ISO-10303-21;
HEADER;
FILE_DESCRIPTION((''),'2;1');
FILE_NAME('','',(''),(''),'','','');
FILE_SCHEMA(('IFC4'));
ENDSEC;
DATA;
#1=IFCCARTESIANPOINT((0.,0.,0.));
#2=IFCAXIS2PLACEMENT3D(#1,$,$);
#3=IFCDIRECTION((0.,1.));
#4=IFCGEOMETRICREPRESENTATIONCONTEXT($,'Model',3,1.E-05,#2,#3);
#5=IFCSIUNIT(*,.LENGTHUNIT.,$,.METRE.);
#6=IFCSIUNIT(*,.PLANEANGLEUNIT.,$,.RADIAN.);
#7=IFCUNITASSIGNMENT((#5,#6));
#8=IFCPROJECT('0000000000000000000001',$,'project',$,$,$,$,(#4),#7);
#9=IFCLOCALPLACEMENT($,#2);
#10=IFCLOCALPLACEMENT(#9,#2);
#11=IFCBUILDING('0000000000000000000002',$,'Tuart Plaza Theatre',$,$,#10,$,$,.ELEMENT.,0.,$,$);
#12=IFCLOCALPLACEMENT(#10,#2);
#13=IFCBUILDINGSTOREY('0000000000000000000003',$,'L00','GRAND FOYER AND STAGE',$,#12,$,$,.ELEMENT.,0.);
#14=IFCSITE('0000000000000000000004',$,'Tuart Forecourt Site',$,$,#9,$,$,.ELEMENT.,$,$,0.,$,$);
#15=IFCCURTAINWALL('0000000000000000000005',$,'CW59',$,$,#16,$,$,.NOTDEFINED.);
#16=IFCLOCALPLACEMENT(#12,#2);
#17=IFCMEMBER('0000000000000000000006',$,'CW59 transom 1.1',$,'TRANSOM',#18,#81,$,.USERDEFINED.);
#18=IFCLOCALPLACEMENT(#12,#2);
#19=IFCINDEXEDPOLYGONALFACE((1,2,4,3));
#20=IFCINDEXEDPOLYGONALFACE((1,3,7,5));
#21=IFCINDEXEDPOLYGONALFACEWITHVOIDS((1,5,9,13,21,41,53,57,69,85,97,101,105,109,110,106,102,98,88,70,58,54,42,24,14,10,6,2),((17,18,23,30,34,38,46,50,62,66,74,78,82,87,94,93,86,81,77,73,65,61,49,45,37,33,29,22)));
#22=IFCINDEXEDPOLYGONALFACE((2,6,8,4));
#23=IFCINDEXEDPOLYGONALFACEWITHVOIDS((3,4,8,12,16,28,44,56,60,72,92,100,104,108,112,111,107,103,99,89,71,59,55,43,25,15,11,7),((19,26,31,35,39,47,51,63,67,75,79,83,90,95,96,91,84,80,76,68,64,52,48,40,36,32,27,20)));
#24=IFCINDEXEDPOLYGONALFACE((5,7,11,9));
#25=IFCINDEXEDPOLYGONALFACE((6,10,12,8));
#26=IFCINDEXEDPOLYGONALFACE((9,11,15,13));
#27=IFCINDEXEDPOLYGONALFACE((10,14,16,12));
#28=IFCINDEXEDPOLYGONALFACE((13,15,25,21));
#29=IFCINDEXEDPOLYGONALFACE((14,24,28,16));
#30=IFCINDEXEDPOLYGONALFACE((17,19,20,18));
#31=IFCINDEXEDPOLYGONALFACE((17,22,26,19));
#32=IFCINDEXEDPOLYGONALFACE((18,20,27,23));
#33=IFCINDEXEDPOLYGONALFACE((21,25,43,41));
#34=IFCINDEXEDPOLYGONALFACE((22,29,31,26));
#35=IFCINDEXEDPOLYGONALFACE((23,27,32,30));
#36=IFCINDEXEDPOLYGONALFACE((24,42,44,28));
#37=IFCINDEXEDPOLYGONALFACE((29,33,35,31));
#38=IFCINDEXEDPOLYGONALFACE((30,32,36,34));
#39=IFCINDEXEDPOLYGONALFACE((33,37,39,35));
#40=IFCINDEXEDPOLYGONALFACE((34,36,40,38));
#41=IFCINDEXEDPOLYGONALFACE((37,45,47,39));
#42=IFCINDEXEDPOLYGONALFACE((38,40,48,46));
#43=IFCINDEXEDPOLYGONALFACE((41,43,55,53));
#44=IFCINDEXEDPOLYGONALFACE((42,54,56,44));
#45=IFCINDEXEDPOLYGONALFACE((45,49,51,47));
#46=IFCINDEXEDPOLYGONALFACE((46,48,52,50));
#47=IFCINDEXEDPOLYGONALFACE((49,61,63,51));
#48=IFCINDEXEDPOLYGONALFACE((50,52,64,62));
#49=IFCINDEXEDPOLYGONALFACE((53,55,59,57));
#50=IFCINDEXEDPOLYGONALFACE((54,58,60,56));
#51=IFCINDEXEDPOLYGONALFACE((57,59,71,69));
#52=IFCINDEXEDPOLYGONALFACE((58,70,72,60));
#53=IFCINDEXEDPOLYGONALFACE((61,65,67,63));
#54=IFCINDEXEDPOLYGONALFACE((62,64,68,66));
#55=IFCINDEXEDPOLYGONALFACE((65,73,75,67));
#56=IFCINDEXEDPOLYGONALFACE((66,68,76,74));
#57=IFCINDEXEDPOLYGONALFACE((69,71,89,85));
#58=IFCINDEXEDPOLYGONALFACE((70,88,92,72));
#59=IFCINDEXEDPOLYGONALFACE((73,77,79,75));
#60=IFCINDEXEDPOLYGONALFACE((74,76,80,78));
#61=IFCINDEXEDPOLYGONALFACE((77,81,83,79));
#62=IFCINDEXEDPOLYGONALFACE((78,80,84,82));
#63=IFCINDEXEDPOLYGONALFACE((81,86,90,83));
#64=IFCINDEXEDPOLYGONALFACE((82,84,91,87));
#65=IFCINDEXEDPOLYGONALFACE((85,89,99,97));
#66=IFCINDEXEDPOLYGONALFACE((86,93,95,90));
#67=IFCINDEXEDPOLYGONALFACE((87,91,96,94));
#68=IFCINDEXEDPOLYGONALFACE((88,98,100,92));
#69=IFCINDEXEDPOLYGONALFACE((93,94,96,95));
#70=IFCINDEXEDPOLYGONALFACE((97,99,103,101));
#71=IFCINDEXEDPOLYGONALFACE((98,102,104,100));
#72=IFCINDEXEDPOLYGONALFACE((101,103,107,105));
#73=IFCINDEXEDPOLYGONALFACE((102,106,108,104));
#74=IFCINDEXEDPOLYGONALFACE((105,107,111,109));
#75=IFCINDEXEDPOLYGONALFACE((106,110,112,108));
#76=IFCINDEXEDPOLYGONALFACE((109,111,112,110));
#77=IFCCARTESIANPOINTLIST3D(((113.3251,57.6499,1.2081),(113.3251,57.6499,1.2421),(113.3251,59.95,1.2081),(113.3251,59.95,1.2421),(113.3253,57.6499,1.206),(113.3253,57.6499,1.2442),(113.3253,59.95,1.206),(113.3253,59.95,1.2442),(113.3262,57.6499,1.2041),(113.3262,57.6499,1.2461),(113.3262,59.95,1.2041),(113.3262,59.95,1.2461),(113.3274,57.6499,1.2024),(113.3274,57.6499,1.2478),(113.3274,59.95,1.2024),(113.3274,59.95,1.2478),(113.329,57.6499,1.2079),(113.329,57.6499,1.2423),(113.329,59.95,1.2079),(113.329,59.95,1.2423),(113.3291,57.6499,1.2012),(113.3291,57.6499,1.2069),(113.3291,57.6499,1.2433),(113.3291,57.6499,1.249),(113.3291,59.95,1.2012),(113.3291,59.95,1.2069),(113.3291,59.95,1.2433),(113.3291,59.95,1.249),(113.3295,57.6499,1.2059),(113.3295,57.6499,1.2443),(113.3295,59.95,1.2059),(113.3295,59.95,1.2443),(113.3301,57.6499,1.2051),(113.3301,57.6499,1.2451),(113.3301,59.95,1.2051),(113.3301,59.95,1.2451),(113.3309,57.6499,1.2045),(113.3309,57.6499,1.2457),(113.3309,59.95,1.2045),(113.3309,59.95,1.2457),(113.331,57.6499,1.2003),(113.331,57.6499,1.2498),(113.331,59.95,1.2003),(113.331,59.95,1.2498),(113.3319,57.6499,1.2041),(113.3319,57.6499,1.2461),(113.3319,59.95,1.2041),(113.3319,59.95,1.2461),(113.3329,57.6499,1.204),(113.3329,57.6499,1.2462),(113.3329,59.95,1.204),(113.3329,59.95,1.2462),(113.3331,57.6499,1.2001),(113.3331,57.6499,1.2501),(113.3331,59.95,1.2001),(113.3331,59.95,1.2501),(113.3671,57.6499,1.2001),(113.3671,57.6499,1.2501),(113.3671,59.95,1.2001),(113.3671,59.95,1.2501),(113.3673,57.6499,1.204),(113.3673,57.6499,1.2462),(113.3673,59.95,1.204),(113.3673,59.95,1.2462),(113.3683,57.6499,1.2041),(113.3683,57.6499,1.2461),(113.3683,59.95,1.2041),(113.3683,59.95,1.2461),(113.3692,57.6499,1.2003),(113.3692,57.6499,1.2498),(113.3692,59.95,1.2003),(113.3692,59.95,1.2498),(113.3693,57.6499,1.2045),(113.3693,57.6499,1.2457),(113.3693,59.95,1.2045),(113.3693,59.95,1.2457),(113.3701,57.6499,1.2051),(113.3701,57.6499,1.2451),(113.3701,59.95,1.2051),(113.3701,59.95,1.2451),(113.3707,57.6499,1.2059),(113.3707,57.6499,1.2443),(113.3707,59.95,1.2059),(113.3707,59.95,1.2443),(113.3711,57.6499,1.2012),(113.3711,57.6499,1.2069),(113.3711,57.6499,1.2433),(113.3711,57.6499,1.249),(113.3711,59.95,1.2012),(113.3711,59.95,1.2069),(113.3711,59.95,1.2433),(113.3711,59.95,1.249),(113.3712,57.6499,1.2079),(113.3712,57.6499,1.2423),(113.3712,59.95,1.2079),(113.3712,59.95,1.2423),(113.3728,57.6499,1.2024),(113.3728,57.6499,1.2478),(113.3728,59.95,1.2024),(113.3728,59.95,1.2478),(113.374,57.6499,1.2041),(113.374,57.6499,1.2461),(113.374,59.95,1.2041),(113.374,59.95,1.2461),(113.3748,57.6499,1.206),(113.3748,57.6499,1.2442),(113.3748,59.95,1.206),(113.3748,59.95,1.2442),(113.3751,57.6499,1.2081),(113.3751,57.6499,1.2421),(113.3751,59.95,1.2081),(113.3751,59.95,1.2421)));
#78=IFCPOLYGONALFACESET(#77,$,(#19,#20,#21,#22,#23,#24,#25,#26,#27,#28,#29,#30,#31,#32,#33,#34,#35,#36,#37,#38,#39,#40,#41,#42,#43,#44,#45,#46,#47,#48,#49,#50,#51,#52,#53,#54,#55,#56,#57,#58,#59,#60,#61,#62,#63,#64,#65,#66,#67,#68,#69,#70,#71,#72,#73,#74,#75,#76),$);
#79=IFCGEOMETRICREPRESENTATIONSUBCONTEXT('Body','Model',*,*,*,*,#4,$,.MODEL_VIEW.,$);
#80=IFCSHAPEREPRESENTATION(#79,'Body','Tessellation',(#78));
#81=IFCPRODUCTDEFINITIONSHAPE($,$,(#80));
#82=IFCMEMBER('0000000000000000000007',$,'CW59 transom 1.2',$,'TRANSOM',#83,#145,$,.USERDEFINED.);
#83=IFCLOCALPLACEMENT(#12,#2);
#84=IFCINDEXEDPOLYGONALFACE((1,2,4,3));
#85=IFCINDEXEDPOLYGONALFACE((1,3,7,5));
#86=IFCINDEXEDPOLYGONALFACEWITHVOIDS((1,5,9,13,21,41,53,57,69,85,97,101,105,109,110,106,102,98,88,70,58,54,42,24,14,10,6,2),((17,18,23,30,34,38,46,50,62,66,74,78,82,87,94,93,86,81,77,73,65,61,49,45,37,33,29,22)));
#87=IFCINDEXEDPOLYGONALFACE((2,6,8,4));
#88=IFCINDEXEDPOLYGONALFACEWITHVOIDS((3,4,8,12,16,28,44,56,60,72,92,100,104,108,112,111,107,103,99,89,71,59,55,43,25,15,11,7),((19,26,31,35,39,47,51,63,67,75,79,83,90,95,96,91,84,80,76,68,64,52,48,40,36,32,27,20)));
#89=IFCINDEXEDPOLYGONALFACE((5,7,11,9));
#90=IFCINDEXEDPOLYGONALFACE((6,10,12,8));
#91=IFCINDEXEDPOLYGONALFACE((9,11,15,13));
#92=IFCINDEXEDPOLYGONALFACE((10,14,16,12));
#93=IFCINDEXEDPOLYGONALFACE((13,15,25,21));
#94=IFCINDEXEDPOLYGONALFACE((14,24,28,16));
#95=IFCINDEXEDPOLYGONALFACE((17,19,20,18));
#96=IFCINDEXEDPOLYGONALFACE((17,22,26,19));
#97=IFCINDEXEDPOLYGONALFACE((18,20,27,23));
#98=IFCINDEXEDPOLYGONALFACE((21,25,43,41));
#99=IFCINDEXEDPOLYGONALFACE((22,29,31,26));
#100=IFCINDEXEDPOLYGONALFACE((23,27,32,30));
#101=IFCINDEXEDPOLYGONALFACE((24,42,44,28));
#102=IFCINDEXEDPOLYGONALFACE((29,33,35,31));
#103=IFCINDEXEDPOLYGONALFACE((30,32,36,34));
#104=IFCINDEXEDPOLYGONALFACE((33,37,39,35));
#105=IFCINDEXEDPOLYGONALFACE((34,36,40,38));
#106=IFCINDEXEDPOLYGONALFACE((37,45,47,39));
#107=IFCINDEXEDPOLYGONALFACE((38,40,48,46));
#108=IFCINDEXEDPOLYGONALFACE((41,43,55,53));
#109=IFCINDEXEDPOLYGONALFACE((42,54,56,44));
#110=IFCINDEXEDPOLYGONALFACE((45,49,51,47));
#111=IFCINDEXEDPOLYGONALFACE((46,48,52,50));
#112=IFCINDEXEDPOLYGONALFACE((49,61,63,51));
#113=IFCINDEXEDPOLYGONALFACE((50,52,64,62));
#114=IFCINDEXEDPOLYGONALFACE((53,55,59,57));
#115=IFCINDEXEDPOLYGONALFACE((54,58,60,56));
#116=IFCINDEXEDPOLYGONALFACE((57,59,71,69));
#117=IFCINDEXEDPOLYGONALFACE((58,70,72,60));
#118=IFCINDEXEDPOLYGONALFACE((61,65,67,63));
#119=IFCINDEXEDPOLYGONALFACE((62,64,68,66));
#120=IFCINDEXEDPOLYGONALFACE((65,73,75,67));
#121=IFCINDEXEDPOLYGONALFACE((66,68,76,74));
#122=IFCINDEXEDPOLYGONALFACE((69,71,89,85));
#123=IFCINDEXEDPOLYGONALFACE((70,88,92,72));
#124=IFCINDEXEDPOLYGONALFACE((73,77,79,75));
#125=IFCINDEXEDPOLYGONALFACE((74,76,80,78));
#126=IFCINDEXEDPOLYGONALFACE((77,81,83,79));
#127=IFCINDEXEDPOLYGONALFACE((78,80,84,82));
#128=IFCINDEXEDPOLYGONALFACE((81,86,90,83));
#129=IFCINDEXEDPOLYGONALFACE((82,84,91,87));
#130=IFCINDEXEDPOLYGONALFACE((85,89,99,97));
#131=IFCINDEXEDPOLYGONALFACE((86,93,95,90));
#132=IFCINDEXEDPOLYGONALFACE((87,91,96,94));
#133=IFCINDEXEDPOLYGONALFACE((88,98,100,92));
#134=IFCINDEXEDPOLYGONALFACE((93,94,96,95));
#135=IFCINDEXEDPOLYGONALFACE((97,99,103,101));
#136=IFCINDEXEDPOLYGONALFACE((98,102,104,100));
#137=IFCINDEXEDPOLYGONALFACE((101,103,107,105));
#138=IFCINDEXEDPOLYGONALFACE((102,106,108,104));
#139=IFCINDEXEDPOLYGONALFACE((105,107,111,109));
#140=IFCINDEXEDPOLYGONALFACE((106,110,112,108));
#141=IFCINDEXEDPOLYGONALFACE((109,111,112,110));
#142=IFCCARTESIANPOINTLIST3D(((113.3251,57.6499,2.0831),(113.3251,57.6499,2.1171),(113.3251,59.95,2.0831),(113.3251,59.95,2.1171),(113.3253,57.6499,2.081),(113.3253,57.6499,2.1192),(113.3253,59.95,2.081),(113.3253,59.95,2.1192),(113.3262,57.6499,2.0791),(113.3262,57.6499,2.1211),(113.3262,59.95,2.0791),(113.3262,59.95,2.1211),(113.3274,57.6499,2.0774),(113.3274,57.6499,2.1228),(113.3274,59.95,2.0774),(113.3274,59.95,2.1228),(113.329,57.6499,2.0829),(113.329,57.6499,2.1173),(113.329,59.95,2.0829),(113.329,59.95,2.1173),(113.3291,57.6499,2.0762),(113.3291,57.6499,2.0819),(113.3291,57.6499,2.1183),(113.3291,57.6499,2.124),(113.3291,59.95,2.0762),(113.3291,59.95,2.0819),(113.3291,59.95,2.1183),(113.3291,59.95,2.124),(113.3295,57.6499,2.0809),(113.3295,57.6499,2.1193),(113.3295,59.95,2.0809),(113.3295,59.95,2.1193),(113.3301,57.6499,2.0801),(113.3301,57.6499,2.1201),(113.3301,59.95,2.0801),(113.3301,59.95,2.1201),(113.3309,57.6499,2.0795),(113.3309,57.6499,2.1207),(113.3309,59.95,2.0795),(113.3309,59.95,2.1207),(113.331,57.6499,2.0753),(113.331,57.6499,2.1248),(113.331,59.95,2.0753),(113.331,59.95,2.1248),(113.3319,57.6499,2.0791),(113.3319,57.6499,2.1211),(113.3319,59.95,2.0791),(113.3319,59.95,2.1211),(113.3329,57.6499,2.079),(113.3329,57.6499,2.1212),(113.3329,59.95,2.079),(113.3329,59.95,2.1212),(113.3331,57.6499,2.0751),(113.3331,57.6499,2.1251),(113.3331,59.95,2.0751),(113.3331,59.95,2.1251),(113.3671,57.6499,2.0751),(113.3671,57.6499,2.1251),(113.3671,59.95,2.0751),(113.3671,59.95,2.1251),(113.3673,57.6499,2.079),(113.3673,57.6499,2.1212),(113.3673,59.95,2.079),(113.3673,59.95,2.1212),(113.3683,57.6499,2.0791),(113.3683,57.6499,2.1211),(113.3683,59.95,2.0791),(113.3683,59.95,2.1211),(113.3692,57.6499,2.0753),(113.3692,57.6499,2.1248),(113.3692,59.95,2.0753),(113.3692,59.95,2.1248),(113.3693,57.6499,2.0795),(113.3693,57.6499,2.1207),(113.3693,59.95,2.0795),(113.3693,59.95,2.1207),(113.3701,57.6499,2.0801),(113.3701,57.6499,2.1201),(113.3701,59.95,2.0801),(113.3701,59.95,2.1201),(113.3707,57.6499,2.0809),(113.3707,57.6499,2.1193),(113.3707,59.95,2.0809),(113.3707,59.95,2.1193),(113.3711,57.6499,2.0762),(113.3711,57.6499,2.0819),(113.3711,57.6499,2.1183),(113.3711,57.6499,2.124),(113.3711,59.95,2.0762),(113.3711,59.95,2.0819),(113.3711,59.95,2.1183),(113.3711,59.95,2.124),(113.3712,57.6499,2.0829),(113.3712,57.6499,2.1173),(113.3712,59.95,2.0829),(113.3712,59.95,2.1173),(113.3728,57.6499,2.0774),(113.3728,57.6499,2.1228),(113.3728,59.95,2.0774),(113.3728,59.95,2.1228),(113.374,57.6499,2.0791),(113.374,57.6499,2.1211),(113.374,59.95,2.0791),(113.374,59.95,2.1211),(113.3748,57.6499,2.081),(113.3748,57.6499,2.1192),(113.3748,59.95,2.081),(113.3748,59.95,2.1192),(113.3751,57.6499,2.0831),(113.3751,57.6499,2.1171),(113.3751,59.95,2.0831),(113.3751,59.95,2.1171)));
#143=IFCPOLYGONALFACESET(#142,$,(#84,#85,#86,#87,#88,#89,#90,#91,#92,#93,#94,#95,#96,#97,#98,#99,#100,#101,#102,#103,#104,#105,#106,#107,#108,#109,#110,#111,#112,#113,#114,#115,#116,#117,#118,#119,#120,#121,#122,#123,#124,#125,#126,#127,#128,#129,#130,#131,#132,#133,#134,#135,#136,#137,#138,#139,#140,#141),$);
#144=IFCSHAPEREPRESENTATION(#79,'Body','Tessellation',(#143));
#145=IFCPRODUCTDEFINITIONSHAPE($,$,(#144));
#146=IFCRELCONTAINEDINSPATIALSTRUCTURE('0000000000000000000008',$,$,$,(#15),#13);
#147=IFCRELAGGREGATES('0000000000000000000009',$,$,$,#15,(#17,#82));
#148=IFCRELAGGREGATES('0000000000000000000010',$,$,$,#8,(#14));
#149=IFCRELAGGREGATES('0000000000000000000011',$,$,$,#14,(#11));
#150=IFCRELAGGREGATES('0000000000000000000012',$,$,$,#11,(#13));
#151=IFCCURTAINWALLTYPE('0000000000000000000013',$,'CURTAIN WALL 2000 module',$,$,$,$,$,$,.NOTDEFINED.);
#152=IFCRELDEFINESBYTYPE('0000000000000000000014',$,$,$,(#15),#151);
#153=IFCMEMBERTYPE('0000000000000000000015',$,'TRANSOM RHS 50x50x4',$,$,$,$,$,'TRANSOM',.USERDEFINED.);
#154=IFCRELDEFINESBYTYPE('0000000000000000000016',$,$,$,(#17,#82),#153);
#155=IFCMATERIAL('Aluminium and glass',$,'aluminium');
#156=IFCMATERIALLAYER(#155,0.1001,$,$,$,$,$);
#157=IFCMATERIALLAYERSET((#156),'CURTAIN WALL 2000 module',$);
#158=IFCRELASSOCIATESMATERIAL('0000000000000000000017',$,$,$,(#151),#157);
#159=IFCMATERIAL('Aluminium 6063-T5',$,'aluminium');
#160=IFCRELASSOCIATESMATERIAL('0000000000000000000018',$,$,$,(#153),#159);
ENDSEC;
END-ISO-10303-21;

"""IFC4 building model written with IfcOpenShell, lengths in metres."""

from ifc_helpers import new_model, si_unit, direction, frame, origin, origin_2d, place, context, subcontext, project, spatial, hollow_rectangle, extrude, material, layer, layer_set, material_profile, profile_set, type_object, element, aggregate, save


model = new_model("IFC4")

# Units and contexts
model_context = context("Model", 3, precision=1e-05, world=origin(), true_north=direction((0.0, 1.0)))
body_context = subcontext(model_context, "Body", "Model", "MODEL_VIEW")
ifc_project = project(units=[si_unit("LENGTHUNIT", "METRE"), si_unit("PLANEANGLEUNIT", "RADIAN")], contexts=[model_context])

# Site, building, storey
site_placement = place(None, origin())
site = spatial("IfcSite", under=ifc_project, at=site_placement, Name="Tuart Forecourt Site", CompositionType="ELEMENT", RefElevation=0.0)
building_placement = place(site_placement, origin())
building = spatial("IfcBuilding", under=site, at=building_placement, Name="Tuart Plaza Theatre", CompositionType="ELEMENT", ElevationOfRefHeight=0.0)
storey_placement = place(building_placement, origin())
storey = spatial("IfcBuildingStorey", under=building, at=storey_placement, Name="L00", Description="GRAND FOYER AND STAGE", CompositionType="ELEMENT", Elevation=0.0)

# Curtain wall, members
ifc_material_1 = material(Name="Aluminium and glass", Category="aluminium")
ifc_layer_1 = layer(ifc_material_1, 0.1001)
ifc_layer_set_1 = layer_set([ifc_layer_1], Name="CURTAIN WALL 2000 module")
curtain_wall_type = type_object("IfcCurtainWallType", Name="CURTAIN WALL 2000 module", PredefinedType="NOTDEFINED", material=ifc_layer_set_1)
curtain_wall_placement = place(storey_placement, origin())
curtain_wall = element("IfcCurtainWall", 1, at=curtain_wall_placement, inside=storey, type_object=curtain_wall_type, Name="CW59", PredefinedType="NOTDEFINED")
ifc_material_2 = material(Name="Aluminium 6063-T5", Category="aluminium")
ifc_material_profile_1 = material_profile(ifc_material_2, hollow_rectangle(XDim=0.05, YDim=0.05, WallThickness=0.0039, InnerFilletRadius=0.0039, OuterFilletRadius=0.0081, at=origin_2d()), Name="RHS 50x50x4")
ifc_profile_set_1 = profile_set([ifc_material_profile_1], Name="Aluminium 6063-T5")
member_type_1 = type_object("IfcMemberType", Name="TRANSOM RHS 50x50x4", ElementType="TRANSOM", PredefinedType="USERDEFINED", material=ifc_profile_set_1)
member_1_placement = place(storey_placement, frame((113.3501, 59.95, 1.2251), z_axis=(0.0, -1.0, 0.0), x_axis=(1.0, 0.0, 0.0)))
member_1 = element("IfcMember", 2, at=member_1_placement, type_object=member_type_1, Name="CW59 transom 1.1", ObjectType="TRANSOM", PredefinedType="USERDEFINED", context=body_context, shape_type="SweptSolid", body=[
    extrude(hollow_rectangle(XDim=0.05, YDim=0.05, WallThickness=0.0039, InnerFilletRadius=0.0039, OuterFilletRadius=0.0081, at=origin_2d()), origin(), (0.0, 0.0, 1.0), 2.3),
])
member_2_placement = place(storey_placement, frame((113.3501, 59.95, 2.1001), z_axis=(0.0, -1.0, 0.0), x_axis=(1.0, 0.0, 0.0)))
member_2 = element("IfcMember", 3, at=member_2_placement, type_object=member_type_1, Name="CW59 transom 1.2", ObjectType="TRANSOM", PredefinedType="USERDEFINED", context=body_context, shape_type="SweptSolid", body=[
    extrude(hollow_rectangle(XDim=0.05, YDim=0.05, WallThickness=0.0039, InnerFilletRadius=0.0039, OuterFilletRadius=0.0081, at=origin_2d()), origin(), (0.0, 0.0, 1.0), 2.3),
])
aggregate(curtain_wall, [member_1, member_2])

save(model, "model.ifc")
